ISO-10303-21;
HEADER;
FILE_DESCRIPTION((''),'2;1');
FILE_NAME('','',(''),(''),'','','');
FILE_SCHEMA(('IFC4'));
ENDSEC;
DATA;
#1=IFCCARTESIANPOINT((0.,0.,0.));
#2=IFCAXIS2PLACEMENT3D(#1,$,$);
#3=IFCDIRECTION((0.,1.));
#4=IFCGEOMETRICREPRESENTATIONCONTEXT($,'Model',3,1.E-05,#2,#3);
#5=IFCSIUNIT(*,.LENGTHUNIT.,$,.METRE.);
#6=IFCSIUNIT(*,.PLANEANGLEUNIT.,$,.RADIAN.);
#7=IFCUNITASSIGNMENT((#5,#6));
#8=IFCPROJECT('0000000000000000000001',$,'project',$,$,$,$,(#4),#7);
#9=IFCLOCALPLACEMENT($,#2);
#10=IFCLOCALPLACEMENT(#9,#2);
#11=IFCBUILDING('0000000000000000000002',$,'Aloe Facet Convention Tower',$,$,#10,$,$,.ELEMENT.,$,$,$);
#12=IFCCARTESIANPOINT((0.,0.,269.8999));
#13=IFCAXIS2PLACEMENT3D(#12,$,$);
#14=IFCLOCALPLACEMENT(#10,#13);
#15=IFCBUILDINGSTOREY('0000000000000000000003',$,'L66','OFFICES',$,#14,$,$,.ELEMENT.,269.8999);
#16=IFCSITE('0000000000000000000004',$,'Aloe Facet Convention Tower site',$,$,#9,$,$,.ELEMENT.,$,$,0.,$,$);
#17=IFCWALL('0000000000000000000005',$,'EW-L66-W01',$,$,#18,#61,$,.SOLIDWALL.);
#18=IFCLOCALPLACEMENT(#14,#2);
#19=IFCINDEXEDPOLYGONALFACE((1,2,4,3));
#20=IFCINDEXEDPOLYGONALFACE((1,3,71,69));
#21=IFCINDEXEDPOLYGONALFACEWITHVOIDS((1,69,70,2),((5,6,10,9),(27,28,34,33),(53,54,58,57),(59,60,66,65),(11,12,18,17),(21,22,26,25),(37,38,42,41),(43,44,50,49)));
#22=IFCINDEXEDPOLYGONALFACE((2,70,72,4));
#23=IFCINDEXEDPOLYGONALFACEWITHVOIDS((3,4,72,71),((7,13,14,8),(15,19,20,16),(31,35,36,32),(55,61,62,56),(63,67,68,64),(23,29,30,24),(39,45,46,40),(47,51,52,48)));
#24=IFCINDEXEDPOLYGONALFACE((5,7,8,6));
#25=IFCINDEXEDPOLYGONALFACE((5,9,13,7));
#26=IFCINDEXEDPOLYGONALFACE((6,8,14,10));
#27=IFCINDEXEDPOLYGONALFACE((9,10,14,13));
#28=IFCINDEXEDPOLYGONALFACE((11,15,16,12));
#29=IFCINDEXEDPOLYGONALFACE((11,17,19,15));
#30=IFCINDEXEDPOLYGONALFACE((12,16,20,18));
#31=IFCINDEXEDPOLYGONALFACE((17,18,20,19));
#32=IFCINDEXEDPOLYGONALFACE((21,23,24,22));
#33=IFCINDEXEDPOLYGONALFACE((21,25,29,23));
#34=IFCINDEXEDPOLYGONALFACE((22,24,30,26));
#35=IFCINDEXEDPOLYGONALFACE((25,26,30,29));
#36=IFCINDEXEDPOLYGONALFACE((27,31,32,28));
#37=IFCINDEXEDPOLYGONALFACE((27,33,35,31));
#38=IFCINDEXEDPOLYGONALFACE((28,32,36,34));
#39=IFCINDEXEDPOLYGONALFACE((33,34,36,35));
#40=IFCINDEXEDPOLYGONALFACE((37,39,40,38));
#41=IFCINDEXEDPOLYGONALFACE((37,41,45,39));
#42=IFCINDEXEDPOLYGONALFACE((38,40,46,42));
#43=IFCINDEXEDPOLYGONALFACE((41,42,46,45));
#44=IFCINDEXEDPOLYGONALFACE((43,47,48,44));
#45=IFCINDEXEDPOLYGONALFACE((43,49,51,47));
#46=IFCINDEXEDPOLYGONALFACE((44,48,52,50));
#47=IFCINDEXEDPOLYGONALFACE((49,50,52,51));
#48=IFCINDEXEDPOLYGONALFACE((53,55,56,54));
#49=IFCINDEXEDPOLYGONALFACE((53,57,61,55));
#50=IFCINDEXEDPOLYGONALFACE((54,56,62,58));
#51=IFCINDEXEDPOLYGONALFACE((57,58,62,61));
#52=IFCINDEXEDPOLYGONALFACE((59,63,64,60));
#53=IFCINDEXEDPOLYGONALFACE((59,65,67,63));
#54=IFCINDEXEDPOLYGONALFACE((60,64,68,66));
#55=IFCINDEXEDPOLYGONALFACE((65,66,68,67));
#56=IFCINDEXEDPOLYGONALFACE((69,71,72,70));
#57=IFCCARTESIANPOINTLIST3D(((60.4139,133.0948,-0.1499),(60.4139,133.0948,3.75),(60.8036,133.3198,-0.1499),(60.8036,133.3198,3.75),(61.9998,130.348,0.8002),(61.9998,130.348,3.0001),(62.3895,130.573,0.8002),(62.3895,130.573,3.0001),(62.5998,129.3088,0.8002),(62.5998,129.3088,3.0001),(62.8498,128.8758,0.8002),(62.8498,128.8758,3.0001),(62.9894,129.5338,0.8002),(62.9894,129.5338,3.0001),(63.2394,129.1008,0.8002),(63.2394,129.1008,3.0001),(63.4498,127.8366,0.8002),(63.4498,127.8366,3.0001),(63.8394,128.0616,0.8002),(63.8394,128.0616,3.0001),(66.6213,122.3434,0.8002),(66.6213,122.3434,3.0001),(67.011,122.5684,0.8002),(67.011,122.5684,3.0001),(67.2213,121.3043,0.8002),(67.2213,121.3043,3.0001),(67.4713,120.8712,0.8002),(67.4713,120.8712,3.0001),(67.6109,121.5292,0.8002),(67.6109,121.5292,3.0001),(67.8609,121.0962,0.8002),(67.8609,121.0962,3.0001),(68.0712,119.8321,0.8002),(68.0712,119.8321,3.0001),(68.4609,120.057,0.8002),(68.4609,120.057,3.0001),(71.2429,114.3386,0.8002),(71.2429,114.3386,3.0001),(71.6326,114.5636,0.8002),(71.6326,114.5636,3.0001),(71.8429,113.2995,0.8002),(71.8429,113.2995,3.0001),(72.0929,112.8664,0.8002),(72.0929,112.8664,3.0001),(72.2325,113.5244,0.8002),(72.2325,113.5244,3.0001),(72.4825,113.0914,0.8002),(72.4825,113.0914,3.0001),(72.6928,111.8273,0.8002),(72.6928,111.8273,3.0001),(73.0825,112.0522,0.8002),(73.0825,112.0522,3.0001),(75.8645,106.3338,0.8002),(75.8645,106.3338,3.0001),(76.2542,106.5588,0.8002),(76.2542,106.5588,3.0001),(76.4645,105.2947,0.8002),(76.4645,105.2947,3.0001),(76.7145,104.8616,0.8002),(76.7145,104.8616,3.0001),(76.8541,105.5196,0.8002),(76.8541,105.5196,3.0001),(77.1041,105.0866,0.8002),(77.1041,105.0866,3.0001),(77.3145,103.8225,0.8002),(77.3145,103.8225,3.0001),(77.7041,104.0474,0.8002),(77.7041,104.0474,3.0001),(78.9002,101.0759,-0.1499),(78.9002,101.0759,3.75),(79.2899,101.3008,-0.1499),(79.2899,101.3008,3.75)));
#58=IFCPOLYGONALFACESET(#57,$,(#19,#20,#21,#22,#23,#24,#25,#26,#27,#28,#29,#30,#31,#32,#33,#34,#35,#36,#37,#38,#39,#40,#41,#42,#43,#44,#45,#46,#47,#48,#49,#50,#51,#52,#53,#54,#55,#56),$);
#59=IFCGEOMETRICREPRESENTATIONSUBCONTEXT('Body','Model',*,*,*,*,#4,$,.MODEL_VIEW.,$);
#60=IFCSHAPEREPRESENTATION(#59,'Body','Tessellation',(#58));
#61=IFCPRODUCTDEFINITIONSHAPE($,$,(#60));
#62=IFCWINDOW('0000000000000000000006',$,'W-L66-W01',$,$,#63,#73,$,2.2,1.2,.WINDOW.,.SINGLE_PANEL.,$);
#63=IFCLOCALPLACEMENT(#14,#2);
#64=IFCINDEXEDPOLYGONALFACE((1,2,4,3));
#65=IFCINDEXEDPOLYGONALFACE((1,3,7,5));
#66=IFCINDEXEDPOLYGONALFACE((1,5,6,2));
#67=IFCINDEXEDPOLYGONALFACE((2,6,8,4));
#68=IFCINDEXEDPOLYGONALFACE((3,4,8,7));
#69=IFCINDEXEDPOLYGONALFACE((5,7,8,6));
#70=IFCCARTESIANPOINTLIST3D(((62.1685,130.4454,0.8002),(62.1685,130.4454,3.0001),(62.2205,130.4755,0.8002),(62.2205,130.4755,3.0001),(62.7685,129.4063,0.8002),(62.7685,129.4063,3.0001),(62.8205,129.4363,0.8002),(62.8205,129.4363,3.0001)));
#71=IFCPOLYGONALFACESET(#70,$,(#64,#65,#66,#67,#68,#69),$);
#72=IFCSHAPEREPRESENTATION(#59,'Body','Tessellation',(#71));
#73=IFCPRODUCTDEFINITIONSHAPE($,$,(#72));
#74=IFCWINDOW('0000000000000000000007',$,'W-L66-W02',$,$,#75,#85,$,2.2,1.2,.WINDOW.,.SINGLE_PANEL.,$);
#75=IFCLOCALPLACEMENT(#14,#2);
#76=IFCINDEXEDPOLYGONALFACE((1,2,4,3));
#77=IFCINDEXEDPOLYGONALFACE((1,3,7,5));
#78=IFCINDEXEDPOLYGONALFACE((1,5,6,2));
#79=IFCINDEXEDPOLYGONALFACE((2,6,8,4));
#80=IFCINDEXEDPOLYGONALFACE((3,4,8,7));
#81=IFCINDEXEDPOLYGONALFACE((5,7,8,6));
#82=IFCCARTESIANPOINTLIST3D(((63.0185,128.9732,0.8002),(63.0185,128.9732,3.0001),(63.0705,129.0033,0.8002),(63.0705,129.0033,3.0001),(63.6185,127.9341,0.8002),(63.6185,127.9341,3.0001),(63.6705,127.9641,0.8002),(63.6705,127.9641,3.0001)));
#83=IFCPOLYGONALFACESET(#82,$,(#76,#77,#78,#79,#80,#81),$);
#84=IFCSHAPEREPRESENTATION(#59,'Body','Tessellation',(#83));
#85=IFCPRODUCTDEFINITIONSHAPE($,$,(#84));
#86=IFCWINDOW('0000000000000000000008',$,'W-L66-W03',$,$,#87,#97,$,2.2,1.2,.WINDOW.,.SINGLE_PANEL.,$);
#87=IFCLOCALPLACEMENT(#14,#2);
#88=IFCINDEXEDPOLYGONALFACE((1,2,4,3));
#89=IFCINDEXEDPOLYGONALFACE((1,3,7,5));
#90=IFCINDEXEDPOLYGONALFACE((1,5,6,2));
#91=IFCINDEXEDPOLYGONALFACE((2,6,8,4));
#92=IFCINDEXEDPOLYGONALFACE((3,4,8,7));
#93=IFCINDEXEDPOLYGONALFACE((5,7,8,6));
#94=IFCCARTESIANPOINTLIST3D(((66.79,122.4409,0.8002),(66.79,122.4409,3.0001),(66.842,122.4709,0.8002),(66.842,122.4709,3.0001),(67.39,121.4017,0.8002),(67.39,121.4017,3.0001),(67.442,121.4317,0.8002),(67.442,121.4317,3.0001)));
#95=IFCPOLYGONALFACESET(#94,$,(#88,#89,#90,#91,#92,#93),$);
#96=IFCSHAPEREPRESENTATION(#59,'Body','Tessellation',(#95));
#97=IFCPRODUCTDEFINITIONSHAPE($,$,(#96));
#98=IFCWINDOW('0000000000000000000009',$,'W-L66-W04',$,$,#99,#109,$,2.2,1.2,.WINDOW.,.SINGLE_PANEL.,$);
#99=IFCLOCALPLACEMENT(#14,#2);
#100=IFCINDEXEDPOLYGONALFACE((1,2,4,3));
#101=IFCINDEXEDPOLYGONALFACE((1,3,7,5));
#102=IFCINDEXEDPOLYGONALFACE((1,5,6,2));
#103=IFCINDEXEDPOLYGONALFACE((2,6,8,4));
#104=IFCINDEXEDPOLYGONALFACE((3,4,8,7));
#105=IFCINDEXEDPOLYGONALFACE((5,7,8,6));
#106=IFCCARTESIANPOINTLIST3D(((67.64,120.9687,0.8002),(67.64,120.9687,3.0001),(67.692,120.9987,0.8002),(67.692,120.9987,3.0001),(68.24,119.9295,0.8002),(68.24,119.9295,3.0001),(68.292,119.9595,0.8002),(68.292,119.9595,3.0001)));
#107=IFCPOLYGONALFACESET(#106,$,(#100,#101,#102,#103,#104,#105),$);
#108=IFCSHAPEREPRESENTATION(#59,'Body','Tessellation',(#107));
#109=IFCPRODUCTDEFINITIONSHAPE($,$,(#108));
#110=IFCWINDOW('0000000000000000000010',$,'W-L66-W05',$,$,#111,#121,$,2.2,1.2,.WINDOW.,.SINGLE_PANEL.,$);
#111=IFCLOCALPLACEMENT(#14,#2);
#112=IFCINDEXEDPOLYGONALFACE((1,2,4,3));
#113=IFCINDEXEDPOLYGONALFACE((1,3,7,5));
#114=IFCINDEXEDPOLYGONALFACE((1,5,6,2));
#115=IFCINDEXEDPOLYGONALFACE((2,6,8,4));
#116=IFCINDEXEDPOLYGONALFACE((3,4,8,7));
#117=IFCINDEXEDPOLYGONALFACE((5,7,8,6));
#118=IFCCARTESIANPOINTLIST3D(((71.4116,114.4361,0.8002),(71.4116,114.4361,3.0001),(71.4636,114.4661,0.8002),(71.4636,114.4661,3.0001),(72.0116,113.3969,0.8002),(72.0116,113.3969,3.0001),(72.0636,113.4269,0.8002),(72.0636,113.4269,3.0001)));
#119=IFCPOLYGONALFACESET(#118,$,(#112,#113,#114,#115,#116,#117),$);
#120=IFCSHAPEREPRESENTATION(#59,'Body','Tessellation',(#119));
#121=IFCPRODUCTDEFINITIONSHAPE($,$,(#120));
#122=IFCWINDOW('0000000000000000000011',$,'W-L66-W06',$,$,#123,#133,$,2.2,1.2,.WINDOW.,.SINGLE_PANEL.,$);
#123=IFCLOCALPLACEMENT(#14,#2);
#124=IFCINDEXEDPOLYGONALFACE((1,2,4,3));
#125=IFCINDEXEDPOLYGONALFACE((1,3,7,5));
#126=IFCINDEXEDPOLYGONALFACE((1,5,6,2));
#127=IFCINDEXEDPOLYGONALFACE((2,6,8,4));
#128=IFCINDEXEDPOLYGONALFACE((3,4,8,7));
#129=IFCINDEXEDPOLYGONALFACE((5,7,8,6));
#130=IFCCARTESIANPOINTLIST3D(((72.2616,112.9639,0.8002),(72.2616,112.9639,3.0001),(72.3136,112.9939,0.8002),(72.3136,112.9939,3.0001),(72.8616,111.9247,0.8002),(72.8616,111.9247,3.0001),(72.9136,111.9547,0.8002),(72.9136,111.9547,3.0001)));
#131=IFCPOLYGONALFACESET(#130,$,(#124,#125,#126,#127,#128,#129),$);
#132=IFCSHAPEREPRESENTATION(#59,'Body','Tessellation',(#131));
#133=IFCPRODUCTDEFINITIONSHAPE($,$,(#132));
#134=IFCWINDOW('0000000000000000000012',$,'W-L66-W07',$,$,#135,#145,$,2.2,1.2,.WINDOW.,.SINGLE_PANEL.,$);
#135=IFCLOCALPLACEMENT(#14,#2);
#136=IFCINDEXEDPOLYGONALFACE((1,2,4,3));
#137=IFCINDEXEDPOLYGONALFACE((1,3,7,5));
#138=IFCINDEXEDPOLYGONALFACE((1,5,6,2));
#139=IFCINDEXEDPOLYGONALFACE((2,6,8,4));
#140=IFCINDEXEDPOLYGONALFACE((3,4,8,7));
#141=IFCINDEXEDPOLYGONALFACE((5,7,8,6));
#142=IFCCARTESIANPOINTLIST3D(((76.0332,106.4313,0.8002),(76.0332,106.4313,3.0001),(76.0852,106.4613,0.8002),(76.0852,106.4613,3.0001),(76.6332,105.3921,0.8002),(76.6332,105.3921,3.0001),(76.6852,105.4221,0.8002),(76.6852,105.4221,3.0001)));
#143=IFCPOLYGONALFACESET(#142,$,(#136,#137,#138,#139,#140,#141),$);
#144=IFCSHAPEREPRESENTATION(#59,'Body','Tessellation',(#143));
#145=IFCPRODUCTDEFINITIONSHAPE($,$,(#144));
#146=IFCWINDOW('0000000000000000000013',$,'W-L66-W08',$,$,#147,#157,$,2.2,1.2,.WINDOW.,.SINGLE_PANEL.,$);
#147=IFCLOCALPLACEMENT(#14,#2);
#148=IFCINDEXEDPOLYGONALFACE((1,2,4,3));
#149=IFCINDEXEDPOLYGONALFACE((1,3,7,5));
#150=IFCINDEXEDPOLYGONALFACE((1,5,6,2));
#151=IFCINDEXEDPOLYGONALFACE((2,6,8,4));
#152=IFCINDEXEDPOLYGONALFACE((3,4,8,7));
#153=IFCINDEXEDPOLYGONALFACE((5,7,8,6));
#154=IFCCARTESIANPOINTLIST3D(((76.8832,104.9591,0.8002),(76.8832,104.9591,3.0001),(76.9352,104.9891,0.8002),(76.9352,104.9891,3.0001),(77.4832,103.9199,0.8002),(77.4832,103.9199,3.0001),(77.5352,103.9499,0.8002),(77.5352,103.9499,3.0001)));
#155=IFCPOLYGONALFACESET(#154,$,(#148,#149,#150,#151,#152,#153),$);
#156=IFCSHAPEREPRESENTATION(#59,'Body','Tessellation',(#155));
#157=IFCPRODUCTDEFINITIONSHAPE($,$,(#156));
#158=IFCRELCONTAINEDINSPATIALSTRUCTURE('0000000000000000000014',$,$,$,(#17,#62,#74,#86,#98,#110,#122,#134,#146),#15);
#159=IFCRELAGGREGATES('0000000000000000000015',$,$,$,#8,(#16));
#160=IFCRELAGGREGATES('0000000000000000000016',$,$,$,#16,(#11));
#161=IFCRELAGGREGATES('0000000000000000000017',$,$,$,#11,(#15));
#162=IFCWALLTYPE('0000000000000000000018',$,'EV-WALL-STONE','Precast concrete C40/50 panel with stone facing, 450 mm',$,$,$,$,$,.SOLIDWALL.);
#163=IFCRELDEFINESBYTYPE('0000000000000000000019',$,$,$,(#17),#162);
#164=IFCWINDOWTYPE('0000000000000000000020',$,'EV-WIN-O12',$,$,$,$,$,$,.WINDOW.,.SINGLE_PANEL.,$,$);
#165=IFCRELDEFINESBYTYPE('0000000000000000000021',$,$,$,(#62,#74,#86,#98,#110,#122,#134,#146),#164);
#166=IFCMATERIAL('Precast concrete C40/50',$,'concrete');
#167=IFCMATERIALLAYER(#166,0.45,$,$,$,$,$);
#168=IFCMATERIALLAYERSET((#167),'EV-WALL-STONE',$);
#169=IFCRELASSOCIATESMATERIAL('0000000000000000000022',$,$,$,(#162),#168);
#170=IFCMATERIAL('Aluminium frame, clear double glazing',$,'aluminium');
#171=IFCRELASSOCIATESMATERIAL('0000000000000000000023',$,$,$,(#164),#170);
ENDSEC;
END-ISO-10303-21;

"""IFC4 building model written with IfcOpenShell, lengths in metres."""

from ifc_helpers import new_model, si_unit, direction, frame, frame_2d, origin, place, context, subcontext, project, spatial, polyline, rectangle, outline, extrude, material, layer, layer_set, type_object, element, fill, save


model = new_model("IFC4")

# Units and contexts
model_context = context("Model", 3, precision=1e-05, world=origin(), true_north=direction((0.0, 1.0)))
body_context = subcontext(model_context, "Body", "Model", "MODEL_VIEW")
ifc_project = project(units=[si_unit("LENGTHUNIT", "METRE"), si_unit("PLANEANGLEUNIT", "RADIAN")], contexts=[model_context])

# Site, building, storey
site_placement = place(None, origin())
site = spatial("IfcSite", under=ifc_project, at=site_placement, Name="Aloe Facet Convention Tower site", CompositionType="ELEMENT", RefElevation=0.0)
building_placement = place(site_placement, origin())
building = spatial("IfcBuilding", under=site, at=building_placement, Name="Aloe Facet Convention Tower", CompositionType="ELEMENT")
storey_placement = place(building_placement, frame((0.0, 0.0, 269.8999)))
storey = spatial("IfcBuildingStorey", under=building, at=storey_placement, Name="L66", Description="OFFICES", CompositionType="ELEMENT", Elevation=269.8999)

# Wall, openings, windows
ifc_material_1 = material(Name="Precast concrete C40/50", Category="concrete")
ifc_layer_1 = layer(ifc_material_1, 0.45)
ifc_layer_set_1 = layer_set([ifc_layer_1], Name="EV-WALL-STONE")
wall_type_1 = type_object("IfcWallType", Name="EV-WALL-STONE", Description="Precast concrete C40/50 panel with stone facing, 450 mm", PredefinedType="SOLIDWALL", material=ifc_layer_set_1)
wall_1_placement = place(storey_placement, frame((60.6086, 133.2073, -0.1499), z_axis=(0.0, 0.0, 1.0), x_axis=(0.500003, -0.866024, 0.0)))
wall_1 = element("IfcWall", 1, at=wall_1_placement, inside=storey, type_object=wall_type_1, Name="EW-L66-W01", PredefinedType="SOLIDWALL", context=body_context, shape_type="SweptSolid", body=[
    extrude(outline(polyline([(36.9724, 0.0), (36.9724, 3.8999), (0.0, 3.8999), (0.0, 0.0), (36.9724, 0.0)])), frame((0.0, 0.2251, 0.0), z_axis=(0.0, -1.0, 0.0), x_axis=(1.0, 0.0, 0.0)), (0.0, 0.0, 1.0), 0.45),
])
opening_1_placement = place(wall_1_placement, frame((3.1716, 0.0, 0.95)))
opening_1 = element("IfcOpeningElement", 2, at=opening_1_placement, cuts=wall_1, PredefinedType="OPENING", context=body_context, shape_type="SweptSolid", body=[
    extrude(rectangle(XDim=1.2, YDim=2.2, at=frame_2d((0.6001, 1.1001))), frame((0.0, 0.2349, 0.0), z_axis=(0.0, -1.0, 0.0), x_axis=(1.0, 0.0, 0.0)), (0.0, 0.0, 1.0), 0.47),
])
opening_2_placement = place(wall_1_placement, frame((4.8716, 0.0, 0.95)))
opening_2 = element("IfcOpeningElement", 3, at=opening_2_placement, cuts=wall_1, PredefinedType="OPENING", context=body_context, shape_type="SweptSolid", body=[
    extrude(rectangle(XDim=1.2, YDim=2.2, at=frame_2d((0.6001, 1.1001))), frame((0.0, 0.2349, 0.0), z_axis=(0.0, -1.0, 0.0), x_axis=(1.0, 0.0, 0.0)), (0.0, 0.0, 1.0), 0.47),
])
opening_3_placement = place(wall_1_placement, frame((12.4146, 0.0, 0.95)))
opening_3 = element("IfcOpeningElement", 4, at=opening_3_placement, cuts=wall_1, PredefinedType="OPENING", context=body_context, shape_type="SweptSolid", body=[
    extrude(rectangle(XDim=1.2, YDim=2.2, at=frame_2d((0.6001, 1.1001))), frame((0.0, 0.2349, 0.0), z_axis=(0.0, -1.0, 0.0), x_axis=(1.0, 0.0, 0.0)), (0.0, 0.0, 1.0), 0.47),
])
opening_4_placement = place(wall_1_placement, frame((14.1145, 0.0, 0.95)))
opening_4 = element("IfcOpeningElement", 5, at=opening_4_placement, cuts=wall_1, PredefinedType="OPENING", context=body_context, shape_type="SweptSolid", body=[
    extrude(rectangle(XDim=1.2, YDim=2.2, at=frame_2d((0.6001, 1.1001))), frame((0.0, 0.2349, 0.0), z_axis=(0.0, -1.0, 0.0), x_axis=(1.0, 0.0, 0.0)), (0.0, 0.0, 1.0), 0.47),
])
opening_5_placement = place(wall_1_placement, frame((21.6577, 0.0, 0.95)))
opening_5 = element("IfcOpeningElement", 6, at=opening_5_placement, cuts=wall_1, PredefinedType="OPENING", context=body_context, shape_type="SweptSolid", body=[
    extrude(rectangle(XDim=1.2, YDim=2.2, at=frame_2d((0.6001, 1.1001))), frame((0.0, 0.2349, 0.0), z_axis=(0.0, -1.0, 0.0), x_axis=(1.0, 0.0, 0.0)), (0.0, 0.0, 1.0), 0.47),
])
opening_6_placement = place(wall_1_placement, frame((23.3577, 0.0, 0.95)))
opening_6 = element("IfcOpeningElement", 7, at=opening_6_placement, cuts=wall_1, PredefinedType="OPENING", context=body_context, shape_type="SweptSolid", body=[
    extrude(rectangle(XDim=1.2, YDim=2.2, at=frame_2d((0.6001, 1.1001))), frame((0.0, 0.2349, 0.0), z_axis=(0.0, -1.0, 0.0), x_axis=(1.0, 0.0, 0.0)), (0.0, 0.0, 1.0), 0.47),
])
opening_7_placement = place(wall_1_placement, frame((30.9009, 0.0, 0.95)))
opening_7 = element("IfcOpeningElement", 8, at=opening_7_placement, cuts=wall_1, PredefinedType="OPENING", context=body_context, shape_type="SweptSolid", body=[
    extrude(rectangle(XDim=1.2, YDim=2.2, at=frame_2d((0.6001, 1.1001))), frame((0.0, 0.2349, 0.0), z_axis=(0.0, -1.0, 0.0), x_axis=(1.0, 0.0, 0.0)), (0.0, 0.0, 1.0), 0.47),
])
opening_8_placement = place(wall_1_placement, frame((32.6008, 0.0, 0.95)))
opening_8 = element("IfcOpeningElement", 9, at=opening_8_placement, cuts=wall_1, PredefinedType="OPENING", context=body_context, shape_type="SweptSolid", body=[
    extrude(rectangle(XDim=1.2, YDim=2.2, at=frame_2d((0.6001, 1.1001))), frame((0.0, 0.2349, 0.0), z_axis=(0.0, -1.0, 0.0), x_axis=(1.0, 0.0, 0.0)), (0.0, 0.0, 1.0), 0.47),
])
ifc_material_2 = material(Name="Aluminium frame, clear double glazing", Category="aluminium")
window_type = type_object("IfcWindowType", Name="EV-WIN-O12", PartitioningType="SINGLE_PANEL", PredefinedType="WINDOW", material=ifc_material_2)
window_1_placement = place(opening_1_placement, origin())
window_1 = element("IfcWindow", 10, at=window_1_placement, inside=storey, type_object=window_type, Name="W-L66-W01", OverallHeight=2.2, OverallWidth=1.2, PartitioningType="SINGLE_PANEL", PredefinedType="WINDOW", context=body_context, shape_type="SweptSolid", body=[
    extrude(rectangle(XDim=1.2, YDim=2.2, at=frame_2d((0.6001, 1.1001))), frame((0.0, 0.03, 0.0), z_axis=(0.0, -1.0, 0.0), x_axis=(1.0, 0.0, 0.0)), (0.0, 0.0, 1.0), 0.0601),
])
fill(opening_1, window_1)
window_2_placement = place(opening_2_placement, origin())
window_2 = element("IfcWindow", 11, at=window_2_placement, inside=storey, type_object=window_type, Name="W-L66-W02", OverallHeight=2.2, OverallWidth=1.2, PartitioningType="SINGLE_PANEL", PredefinedType="WINDOW", context=body_context, shape_type="SweptSolid", body=[
    extrude(rectangle(XDim=1.2, YDim=2.2, at=frame_2d((0.6001, 1.1001))), frame((0.0, 0.03, 0.0), z_axis=(0.0, -1.0, 0.0), x_axis=(1.0, 0.0, 0.0)), (0.0, 0.0, 1.0), 0.0601),
])
fill(opening_2, window_2)
window_3_placement = place(opening_3_placement, origin())
window_3 = element("IfcWindow", 12, at=window_3_placement, inside=storey, type_object=window_type, Name="W-L66-W03", OverallHeight=2.2, OverallWidth=1.2, PartitioningType="SINGLE_PANEL", PredefinedType="WINDOW", context=body_context, shape_type="SweptSolid", body=[
    extrude(rectangle(XDim=1.2, YDim=2.2, at=frame_2d((0.6001, 1.1001))), frame((0.0, 0.03, 0.0), z_axis=(0.0, -1.0, 0.0), x_axis=(1.0, 0.0, 0.0)), (0.0, 0.0, 1.0), 0.0601),
])
fill(opening_3, window_3)
window_4_placement = place(opening_4_placement, origin())
window_4 = element("IfcWindow", 13, at=window_4_placement, inside=storey, type_object=window_type, Name="W-L66-W04", OverallHeight=2.2, OverallWidth=1.2, PartitioningType="SINGLE_PANEL", PredefinedType="WINDOW", context=body_context, shape_type="SweptSolid", body=[
    extrude(rectangle(XDim=1.2, YDim=2.2, at=frame_2d((0.6001, 1.1001))), frame((0.0, 0.03, 0.0), z_axis=(0.0, -1.0, 0.0), x_axis=(1.0, 0.0, 0.0)), (0.0, 0.0, 1.0), 0.0601),
])
fill(opening_4, window_4)
window_5_placement = place(opening_5_placement, origin())
window_5 = element("IfcWindow", 14, at=window_5_placement, inside=storey, type_object=window_type, Name="W-L66-W05", OverallHeight=2.2, OverallWidth=1.2, PartitioningType="SINGLE_PANEL", PredefinedType="WINDOW", context=body_context, shape_type="SweptSolid", body=[
    extrude(rectangle(XDim=1.2, YDim=2.2, at=frame_2d((0.6001, 1.1001))), frame((0.0, 0.03, 0.0), z_axis=(0.0, -1.0, 0.0), x_axis=(1.0, 0.0, 0.0)), (0.0, 0.0, 1.0), 0.0601),
])
fill(opening_5, window_5)
window_6_placement = place(opening_6_placement, origin())
window_6 = element("IfcWindow", 15, at=window_6_placement, inside=storey, type_object=window_type, Name="W-L66-W06", OverallHeight=2.2, OverallWidth=1.2, PartitioningType="SINGLE_PANEL", PredefinedType="WINDOW", context=body_context, shape_type="SweptSolid", body=[
    extrude(rectangle(XDim=1.2, YDim=2.2, at=frame_2d((0.6001, 1.1001))), frame((0.0, 0.03, 0.0), z_axis=(0.0, -1.0, 0.0), x_axis=(1.0, 0.0, 0.0)), (0.0, 0.0, 1.0), 0.0601),
])
fill(opening_6, window_6)
window_7_placement = place(opening_7_placement, origin())
window_7 = element("IfcWindow", 16, at=window_7_placement, inside=storey, type_object=window_type, Name="W-L66-W07", OverallHeight=2.2, OverallWidth=1.2, PartitioningType="SINGLE_PANEL", PredefinedType="WINDOW", context=body_context, shape_type="SweptSolid", body=[
    extrude(rectangle(XDim=1.2, YDim=2.2, at=frame_2d((0.6001, 1.1001))), frame((0.0, 0.03, 0.0), z_axis=(0.0, -1.0, 0.0), x_axis=(1.0, 0.0, 0.0)), (0.0, 0.0, 1.0), 0.0601),
])
fill(opening_7, window_7)
window_8_placement = place(opening_8_placement, origin())
window_8 = element("IfcWindow", 17, at=window_8_placement, inside=storey, type_object=window_type, Name="W-L66-W08", OverallHeight=2.2, OverallWidth=1.2, PartitioningType="SINGLE_PANEL", PredefinedType="WINDOW", context=body_context, shape_type="SweptSolid", body=[
    extrude(rectangle(XDim=1.2, YDim=2.2, at=frame_2d((0.6001, 1.1001))), frame((0.0, 0.03, 0.0), z_axis=(0.0, -1.0, 0.0), x_axis=(1.0, 0.0, 0.0)), (0.0, 0.0, 1.0), 0.0601),
])
fill(opening_8, window_8)

save(model, "model.ifc")
